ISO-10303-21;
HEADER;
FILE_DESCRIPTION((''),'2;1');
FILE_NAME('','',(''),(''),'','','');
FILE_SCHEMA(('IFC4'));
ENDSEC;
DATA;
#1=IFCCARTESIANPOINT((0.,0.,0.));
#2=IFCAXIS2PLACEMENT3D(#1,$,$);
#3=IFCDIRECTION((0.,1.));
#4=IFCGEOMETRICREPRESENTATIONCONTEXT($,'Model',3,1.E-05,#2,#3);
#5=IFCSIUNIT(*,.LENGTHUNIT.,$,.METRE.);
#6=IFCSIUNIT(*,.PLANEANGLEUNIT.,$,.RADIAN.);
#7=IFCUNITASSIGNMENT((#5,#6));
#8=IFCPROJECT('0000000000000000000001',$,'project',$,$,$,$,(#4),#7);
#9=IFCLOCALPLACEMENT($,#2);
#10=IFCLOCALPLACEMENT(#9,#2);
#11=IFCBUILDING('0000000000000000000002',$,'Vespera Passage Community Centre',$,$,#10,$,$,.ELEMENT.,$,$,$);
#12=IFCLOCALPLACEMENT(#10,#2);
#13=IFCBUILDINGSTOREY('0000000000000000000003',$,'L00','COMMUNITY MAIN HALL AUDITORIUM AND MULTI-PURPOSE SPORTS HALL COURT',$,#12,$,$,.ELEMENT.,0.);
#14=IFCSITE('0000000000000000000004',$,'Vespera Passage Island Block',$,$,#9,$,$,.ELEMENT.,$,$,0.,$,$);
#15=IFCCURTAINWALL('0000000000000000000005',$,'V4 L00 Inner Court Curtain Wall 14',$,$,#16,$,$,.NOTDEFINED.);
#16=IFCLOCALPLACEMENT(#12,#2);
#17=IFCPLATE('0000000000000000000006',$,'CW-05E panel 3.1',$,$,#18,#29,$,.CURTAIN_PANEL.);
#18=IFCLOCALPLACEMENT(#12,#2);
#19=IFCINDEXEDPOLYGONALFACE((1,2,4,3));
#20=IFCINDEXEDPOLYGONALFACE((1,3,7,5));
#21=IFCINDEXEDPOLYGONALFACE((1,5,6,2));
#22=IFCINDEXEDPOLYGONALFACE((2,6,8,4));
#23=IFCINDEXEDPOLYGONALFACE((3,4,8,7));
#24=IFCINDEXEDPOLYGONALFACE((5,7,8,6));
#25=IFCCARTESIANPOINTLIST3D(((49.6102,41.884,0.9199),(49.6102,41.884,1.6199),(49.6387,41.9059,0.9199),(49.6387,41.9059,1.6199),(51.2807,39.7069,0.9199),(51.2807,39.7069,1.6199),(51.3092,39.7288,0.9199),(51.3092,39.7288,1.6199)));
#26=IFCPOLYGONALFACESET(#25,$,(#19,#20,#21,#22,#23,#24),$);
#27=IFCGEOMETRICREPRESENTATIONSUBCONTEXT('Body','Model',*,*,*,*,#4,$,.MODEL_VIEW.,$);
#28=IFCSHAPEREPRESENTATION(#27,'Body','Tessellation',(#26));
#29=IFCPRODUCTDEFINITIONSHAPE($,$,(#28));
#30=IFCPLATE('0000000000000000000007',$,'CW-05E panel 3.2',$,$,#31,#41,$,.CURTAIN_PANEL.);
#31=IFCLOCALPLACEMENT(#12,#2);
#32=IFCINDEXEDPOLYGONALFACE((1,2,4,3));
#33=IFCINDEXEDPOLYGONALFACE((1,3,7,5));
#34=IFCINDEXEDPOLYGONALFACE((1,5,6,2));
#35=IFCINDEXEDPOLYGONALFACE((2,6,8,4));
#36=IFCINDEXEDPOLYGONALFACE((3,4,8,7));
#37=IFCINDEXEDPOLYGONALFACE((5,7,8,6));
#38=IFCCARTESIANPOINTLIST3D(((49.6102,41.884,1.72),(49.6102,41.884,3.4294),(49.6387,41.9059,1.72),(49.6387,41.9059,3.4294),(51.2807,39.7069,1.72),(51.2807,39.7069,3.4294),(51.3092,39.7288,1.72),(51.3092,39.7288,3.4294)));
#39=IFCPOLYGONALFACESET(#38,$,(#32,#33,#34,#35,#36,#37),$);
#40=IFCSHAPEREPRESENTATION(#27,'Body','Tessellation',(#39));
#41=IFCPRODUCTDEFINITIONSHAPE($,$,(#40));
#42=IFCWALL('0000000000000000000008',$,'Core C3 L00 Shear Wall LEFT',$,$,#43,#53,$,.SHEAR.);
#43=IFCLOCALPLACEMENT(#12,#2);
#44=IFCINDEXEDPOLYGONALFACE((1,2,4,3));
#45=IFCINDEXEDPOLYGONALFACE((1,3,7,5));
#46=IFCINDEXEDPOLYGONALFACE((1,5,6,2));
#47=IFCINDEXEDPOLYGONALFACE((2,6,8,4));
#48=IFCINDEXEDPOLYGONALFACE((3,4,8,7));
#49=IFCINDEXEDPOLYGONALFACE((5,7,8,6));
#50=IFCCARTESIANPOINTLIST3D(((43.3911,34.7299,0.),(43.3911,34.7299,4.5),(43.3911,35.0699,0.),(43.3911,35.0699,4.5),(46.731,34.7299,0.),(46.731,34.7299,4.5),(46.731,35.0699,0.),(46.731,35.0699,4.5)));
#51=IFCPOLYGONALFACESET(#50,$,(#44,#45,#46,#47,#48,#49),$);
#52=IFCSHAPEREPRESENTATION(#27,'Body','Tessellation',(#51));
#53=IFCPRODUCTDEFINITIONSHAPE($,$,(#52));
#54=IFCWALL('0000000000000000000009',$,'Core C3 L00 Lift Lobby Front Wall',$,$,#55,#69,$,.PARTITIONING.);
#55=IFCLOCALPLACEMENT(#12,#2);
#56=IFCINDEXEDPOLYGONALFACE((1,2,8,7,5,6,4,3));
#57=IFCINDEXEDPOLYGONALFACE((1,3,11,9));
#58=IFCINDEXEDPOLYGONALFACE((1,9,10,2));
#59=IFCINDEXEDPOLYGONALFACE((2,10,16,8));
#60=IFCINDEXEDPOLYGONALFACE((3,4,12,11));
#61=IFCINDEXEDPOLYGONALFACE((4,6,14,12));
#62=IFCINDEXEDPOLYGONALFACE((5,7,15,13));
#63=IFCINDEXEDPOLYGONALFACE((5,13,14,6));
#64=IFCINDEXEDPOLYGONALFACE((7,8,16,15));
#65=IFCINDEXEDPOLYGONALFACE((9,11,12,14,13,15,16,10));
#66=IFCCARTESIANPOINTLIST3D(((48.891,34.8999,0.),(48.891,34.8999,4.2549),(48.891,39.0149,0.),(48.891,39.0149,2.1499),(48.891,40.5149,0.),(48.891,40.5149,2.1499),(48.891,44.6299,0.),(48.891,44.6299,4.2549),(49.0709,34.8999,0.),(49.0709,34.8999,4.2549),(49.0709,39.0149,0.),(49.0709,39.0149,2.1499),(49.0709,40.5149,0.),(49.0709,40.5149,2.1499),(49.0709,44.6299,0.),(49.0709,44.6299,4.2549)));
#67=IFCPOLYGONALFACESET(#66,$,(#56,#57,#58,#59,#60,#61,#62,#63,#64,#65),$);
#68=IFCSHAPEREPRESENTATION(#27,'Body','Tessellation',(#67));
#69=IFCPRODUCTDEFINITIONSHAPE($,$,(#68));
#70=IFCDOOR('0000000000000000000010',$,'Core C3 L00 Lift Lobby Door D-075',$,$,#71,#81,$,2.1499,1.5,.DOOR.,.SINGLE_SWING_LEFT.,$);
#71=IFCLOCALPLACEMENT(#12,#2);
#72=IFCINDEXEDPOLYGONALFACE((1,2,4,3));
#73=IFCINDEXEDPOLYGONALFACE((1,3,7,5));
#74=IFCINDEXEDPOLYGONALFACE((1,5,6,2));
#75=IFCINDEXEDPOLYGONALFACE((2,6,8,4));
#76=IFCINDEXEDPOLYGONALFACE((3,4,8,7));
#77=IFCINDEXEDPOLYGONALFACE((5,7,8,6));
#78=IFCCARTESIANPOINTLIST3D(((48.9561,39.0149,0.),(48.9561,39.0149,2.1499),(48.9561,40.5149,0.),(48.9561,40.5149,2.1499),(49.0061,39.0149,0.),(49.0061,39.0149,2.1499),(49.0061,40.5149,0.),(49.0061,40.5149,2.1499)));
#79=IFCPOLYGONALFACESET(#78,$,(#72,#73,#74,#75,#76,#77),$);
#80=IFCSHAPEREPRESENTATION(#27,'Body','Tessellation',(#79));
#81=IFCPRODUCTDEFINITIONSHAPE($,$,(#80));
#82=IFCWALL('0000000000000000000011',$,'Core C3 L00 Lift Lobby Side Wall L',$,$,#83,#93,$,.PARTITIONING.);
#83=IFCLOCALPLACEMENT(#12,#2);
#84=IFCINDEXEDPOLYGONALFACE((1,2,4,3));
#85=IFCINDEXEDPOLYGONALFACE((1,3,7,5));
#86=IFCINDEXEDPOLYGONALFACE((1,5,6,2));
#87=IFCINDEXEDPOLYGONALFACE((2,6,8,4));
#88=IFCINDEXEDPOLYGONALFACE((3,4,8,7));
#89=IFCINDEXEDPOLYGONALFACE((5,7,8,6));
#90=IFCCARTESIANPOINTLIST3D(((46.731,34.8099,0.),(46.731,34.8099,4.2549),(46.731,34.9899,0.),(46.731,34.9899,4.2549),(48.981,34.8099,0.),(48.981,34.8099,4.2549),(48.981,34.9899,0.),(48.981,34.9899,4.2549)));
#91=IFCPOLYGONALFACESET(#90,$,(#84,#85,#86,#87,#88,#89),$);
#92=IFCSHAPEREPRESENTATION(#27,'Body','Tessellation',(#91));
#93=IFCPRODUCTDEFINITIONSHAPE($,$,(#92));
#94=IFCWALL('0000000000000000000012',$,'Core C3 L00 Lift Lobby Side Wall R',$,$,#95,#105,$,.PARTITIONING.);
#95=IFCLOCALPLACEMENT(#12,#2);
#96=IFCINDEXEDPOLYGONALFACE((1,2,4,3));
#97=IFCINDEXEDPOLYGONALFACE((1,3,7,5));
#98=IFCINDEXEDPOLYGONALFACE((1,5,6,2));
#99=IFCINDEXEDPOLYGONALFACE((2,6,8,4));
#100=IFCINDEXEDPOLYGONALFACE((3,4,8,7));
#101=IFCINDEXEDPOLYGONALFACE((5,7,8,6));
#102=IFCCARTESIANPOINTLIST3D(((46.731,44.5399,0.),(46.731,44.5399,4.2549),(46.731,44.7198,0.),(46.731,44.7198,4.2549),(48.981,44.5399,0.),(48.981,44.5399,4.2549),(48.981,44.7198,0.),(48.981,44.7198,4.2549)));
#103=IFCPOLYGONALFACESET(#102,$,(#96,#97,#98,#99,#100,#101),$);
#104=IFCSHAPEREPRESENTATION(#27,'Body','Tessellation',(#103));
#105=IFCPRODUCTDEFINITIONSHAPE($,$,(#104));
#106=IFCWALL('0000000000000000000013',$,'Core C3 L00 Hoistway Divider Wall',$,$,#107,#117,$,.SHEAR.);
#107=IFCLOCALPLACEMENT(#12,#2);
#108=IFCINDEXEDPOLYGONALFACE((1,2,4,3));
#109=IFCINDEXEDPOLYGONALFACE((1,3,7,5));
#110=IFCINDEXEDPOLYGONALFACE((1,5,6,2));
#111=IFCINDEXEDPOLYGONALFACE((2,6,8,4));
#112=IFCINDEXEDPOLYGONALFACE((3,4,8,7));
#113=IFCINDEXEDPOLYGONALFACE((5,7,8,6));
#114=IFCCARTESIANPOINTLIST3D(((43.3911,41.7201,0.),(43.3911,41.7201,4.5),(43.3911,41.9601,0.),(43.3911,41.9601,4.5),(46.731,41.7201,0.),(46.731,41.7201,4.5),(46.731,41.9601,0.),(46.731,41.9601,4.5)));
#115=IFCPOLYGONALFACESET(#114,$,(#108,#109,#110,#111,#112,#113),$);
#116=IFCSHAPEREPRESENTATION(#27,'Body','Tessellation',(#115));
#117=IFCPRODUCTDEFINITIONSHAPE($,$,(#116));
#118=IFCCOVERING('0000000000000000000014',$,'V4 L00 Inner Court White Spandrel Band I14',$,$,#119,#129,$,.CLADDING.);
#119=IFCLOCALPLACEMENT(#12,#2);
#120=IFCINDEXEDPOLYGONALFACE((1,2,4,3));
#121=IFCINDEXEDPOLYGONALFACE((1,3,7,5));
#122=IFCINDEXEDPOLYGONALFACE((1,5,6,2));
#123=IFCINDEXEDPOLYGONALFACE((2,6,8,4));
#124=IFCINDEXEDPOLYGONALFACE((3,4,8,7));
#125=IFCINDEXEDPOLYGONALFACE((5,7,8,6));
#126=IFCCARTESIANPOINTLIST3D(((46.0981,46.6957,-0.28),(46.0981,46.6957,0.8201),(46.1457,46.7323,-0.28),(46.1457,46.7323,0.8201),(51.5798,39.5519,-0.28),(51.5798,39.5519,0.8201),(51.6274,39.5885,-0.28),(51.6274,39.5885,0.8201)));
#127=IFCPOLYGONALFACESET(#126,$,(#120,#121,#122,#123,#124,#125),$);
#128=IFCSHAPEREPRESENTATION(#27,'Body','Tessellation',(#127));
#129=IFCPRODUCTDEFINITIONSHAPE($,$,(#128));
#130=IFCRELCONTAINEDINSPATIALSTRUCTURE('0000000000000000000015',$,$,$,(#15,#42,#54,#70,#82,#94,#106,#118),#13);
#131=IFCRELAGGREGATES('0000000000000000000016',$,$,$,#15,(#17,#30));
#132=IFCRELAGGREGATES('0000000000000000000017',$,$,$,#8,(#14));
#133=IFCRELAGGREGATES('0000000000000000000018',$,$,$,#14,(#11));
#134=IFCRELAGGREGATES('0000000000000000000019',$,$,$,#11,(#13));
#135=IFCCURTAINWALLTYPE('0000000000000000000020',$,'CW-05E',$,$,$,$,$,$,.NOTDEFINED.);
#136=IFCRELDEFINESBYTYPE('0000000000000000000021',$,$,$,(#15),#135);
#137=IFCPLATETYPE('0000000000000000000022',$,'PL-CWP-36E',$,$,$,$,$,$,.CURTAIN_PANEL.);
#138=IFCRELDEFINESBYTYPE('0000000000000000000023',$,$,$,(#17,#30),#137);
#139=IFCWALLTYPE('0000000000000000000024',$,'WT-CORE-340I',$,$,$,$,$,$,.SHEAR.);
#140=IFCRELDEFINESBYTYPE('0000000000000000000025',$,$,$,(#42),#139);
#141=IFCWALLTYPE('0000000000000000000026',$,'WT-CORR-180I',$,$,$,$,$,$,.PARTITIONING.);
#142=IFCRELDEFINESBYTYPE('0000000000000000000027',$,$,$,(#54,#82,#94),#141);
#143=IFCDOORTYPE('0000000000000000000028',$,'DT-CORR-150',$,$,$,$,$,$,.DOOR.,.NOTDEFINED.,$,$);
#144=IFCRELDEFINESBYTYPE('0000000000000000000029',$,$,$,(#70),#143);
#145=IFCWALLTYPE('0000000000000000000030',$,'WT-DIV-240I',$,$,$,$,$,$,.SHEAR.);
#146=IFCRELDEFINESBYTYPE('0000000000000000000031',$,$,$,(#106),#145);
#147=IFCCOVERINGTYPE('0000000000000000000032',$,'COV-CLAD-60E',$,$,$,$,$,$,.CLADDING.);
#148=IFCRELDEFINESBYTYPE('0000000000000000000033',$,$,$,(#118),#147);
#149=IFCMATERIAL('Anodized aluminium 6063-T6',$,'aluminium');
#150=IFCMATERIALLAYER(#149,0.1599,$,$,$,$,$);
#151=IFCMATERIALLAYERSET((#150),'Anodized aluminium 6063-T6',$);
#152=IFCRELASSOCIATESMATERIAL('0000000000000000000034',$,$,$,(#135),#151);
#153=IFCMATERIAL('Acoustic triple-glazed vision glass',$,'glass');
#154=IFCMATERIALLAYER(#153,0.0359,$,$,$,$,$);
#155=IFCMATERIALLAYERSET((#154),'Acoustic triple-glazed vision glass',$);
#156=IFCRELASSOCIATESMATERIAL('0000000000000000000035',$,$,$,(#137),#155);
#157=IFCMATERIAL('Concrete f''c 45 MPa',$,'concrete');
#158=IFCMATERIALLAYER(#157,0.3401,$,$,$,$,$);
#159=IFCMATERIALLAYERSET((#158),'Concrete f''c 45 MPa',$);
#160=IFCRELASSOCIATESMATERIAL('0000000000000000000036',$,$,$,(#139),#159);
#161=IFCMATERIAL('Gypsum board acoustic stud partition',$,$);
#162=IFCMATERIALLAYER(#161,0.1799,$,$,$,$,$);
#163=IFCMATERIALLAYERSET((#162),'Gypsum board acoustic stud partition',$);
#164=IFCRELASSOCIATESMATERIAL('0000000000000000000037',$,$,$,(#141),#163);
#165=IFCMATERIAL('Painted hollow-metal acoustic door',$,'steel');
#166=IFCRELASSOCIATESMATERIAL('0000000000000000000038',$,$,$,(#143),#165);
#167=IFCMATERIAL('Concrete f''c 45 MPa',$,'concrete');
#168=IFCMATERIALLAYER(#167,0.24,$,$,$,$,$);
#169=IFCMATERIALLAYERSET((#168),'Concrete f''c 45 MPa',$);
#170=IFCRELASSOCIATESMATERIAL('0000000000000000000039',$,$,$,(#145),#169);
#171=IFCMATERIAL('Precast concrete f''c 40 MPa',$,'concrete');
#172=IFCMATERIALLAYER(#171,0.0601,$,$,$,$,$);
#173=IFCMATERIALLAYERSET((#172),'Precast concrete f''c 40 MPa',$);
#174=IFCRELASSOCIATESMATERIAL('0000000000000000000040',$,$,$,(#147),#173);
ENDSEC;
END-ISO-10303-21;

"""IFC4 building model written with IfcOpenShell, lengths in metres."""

from ifc_helpers import new_model, si_unit, direction, frame, frame_2d, origin, origin_2d, place, context, subcontext, project, spatial, rectangle, extrude, material, layer, layer_set, type_object, element, fill, aggregate, save


model = new_model("IFC4")

# Units and contexts
model_context = context("Model", 3, precision=1e-05, world=origin(), true_north=direction((0.0, 1.0)))
body_context = subcontext(model_context, "Body", "Model", "MODEL_VIEW")
ifc_project = project(units=[si_unit("LENGTHUNIT", "METRE"), si_unit("PLANEANGLEUNIT", "RADIAN")], contexts=[model_context])

# Site, building, storey
site_placement = place(None, origin())
site = spatial("IfcSite", under=ifc_project, at=site_placement, Name="Vespera Passage Island Block", CompositionType="ELEMENT", RefElevation=0.0)
building_placement = place(site_placement, origin())
building = spatial("IfcBuilding", under=site, at=building_placement, Name="Vespera Passage Community Centre", CompositionType="ELEMENT")
storey_placement = place(building_placement, origin())
storey = spatial("IfcBuildingStorey", under=building, at=storey_placement, Name="L00", Description="COMMUNITY MAIN HALL AUDITORIUM AND MULTI-PURPOSE SPORTS HALL COURT", CompositionType="ELEMENT", Elevation=0.0)

# Curtain wall, plates
ifc_material_1 = material(Name="Anodized aluminium 6063-T6", Category="aluminium")
ifc_layer_1 = layer(ifc_material_1, 0.1599)
ifc_layer_set_1 = layer_set([ifc_layer_1], Name="Anodized aluminium 6063-T6")
curtain_wall_type = type_object("IfcCurtainWallType", Name="CW-05E", PredefinedType="NOTDEFINED", material=ifc_layer_set_1)
curtain_wall_placement = place(storey_placement, origin())
curtain_wall = element("IfcCurtainWall", 1, at=curtain_wall_placement, inside=storey, type_object=curtain_wall_type, Name="V4 L00 Inner Court Curtain Wall 14", PredefinedType="NOTDEFINED")
ifc_material_2 = material(Name="Acoustic triple-glazed vision glass", Category="glass")
ifc_layer_2 = layer(ifc_material_2, 0.0359)
ifc_layer_set_2 = layer_set([ifc_layer_2], Name="Acoustic triple-glazed vision glass")
plate_type = type_object("IfcPlateType", Name="PL-CWP-36E", PredefinedType="CURTAIN_PANEL", material=ifc_layer_set_2)
plate_1_placement = place(storey_placement, frame((50.4597, 40.8064, 0.9199), z_axis=(0.0, 0.0, 1.0), x_axis=(0.608755, -0.793358, 0.0)))
plate_1 = element("IfcPlate", 2, at=plate_1_placement, type_object=plate_type, Name="CW-05E panel 3.1", PredefinedType="CURTAIN_PANEL", context=body_context, shape_type="SweptSolid", body=[
    extrude(rectangle(XDim=2.7441, YDim=0.0359, at=origin_2d()), origin(), (0.0, 0.0, 1.0), 0.7),
])
plate_2_placement = place(storey_placement, frame((50.4597, 40.8064, 1.72), z_axis=(0.0, 0.0, 1.0), x_axis=(0.608755, -0.793358, 0.0)))
plate_2 = element("IfcPlate", 3, at=plate_2_placement, type_object=plate_type, Name="CW-05E panel 3.2", PredefinedType="CURTAIN_PANEL", context=body_context, shape_type="SweptSolid", body=[
    extrude(rectangle(XDim=2.7441, YDim=0.0359, at=origin_2d()), origin(), (0.0, 0.0, 1.0), 1.7095),
])
aggregate(curtain_wall, [plate_1, plate_2])

# Shared definitions
ifc_material_3 = material(Name="Concrete f'c 45 MPa", Category="concrete")
ifc_layer_3 = layer(ifc_material_3, 0.3401)
ifc_layer_set_3 = layer_set([ifc_layer_3], Name="Concrete f'c 45 MPa")
wall_type_1 = type_object("IfcWallType", Name="WT-CORE-340I", PredefinedType="SHEAR", material=ifc_layer_set_3)

# Wall
wall_1_placement = place(storey_placement, frame((46.731, 34.8999, 0.0), z_axis=(0.0, 0.0, 1.0), x_axis=(-1.0, 0.0, 0.0)))
element("IfcWall", 4, at=wall_1_placement, inside=storey, type_object=wall_type_1, Name="Core C3 L00 Shear Wall LEFT", PredefinedType="SHEAR", context=body_context, shape_type="SweptSolid", body=[
    extrude(rectangle(XDim=3.3398, YDim=0.3401, at=frame_2d((1.6699, 0.0))), origin(), (0.0, 0.0, 1.0), 4.5),
])

# Wall, opening, door
ifc_material_4 = material(Name="Gypsum board acoustic stud partition")
ifc_layer_4 = layer(ifc_material_4, 0.1799)
ifc_layer_set_4 = layer_set([ifc_layer_4], Name="Gypsum board acoustic stud partition")
wall_type_2 = type_object("IfcWallType", Name="WT-CORR-180I", PredefinedType="PARTITIONING", material=ifc_layer_set_4)
wall_2_placement = place(storey_placement, frame((48.981, 34.8999, 0.0), z_axis=(0.0, 0.0, 1.0), x_axis=(0.0, 1.0, 0.0)))
wall_2 = element("IfcWall", 5, at=wall_2_placement, inside=storey, type_object=wall_type_2, Name="Core C3 L00 Lift Lobby Front Wall", PredefinedType="PARTITIONING", context=body_context, shape_type="SweptSolid", body=[
    extrude(rectangle(XDim=9.73, YDim=0.1799, at=frame_2d((4.865, 0.0))), origin(), (0.0, 0.0, 1.0), 4.2549),
])
opening_1_placement = place(wall_2_placement, frame((4.115, 0.0, 0.0)))
opening_1 = element("IfcOpeningElement", 6, at=opening_1_placement, cuts=wall_2, PredefinedType="OPENING", context=body_context, shape_type="SweptSolid", body=[
    extrude(rectangle(XDim=1.5, YDim=2.1499, at=frame_2d((0.75, 1.075))), frame((0.0, 0.0999, 0.0), z_axis=(0.0, -1.0, 0.0), x_axis=(1.0, 0.0, 0.0)), (0.0, 0.0, 1.0), 0.2),
])
ifc_material_5 = material(Name="Painted hollow-metal acoustic door", Category="steel")
door_type_1 = type_object("IfcDoorType", Name="DT-CORR-150", OperationType="NOTDEFINED", PredefinedType="DOOR", material=ifc_material_5)
door_1_placement = place(opening_1_placement, origin())
door_1 = element("IfcDoor", 7, at=door_1_placement, inside=storey, type_object=door_type_1, Name="Core C3 L00 Lift Lobby Door D-075", OperationType="SINGLE_SWING_LEFT", OverallHeight=2.1499, OverallWidth=1.5, PredefinedType="DOOR", context=body_context, shape_type="SweptSolid", body=[
    extrude(rectangle(XDim=1.5, YDim=2.1499, at=frame_2d((0.75, 1.075))), frame((0.0, 0.0249, 0.0), z_axis=(0.0, -1.0, 0.0), x_axis=(1.0, 0.0, 0.0)), (0.0, 0.0, 1.0), 0.05),
])
fill(opening_1, door_1)

# Walls
for number, where, z_axis, x_axis, name in (
    (8, (46.731, 34.8999, 0.0), (0.0, 0.0, 1.0), (1.0, 0.0, 0.0), "Core C3 L00 Lift Lobby Side Wall L"),
    (9, (46.731, 44.6299, 0.0), (0.0, 0.0, 1.0), (1.0, 0.0, 0.0), "Core C3 L00 Lift Lobby Side Wall R"),
):
    element("IfcWall", number, at=place(storey_placement, frame(where, z_axis=z_axis, x_axis=x_axis)), inside=storey, type_object=wall_type_2, Name=name, PredefinedType="PARTITIONING", context=body_context, shape_type="SweptSolid", body=[
        extrude(rectangle(XDim=2.25, YDim=0.1799, at=frame_2d((1.125, 0.0))), origin(), (0.0, 0.0, 1.0), 4.2549),
    ])
ifc_material_6 = material(Name="Concrete f'c 45 MPa", Category="concrete")
ifc_layer_5 = layer(ifc_material_6, 0.24)
ifc_layer_set_5 = layer_set([ifc_layer_5], Name="Concrete f'c 45 MPa")
wall_type_3 = type_object("IfcWallType", Name="WT-DIV-240I", PredefinedType="SHEAR", material=ifc_layer_set_5)
wall_3_placement = place(storey_placement, frame((46.731, 41.8401, 0.0), z_axis=(0.0, 0.0, 1.0), x_axis=(-1.0, 0.0, 0.0)))
element("IfcWall", 10, at=wall_3_placement, inside=storey, type_object=wall_type_3, Name="Core C3 L00 Hoistway Divider Wall", PredefinedType="SHEAR", context=body_context, shape_type="SweptSolid", body=[
    extrude(rectangle(XDim=3.3398, YDim=0.24, at=frame_2d((1.6699, 0.0))), origin(), (0.0, 0.0, 1.0), 4.5),
])

# Covering
ifc_material_7 = material(Name="Precast concrete f'c 40 MPa", Category="concrete")
ifc_layer_6 = layer(ifc_material_7, 0.0601)
ifc_layer_set_6 = layer_set([ifc_layer_6], Name="Precast concrete f'c 40 MPa")
covering_type = type_object("IfcCoveringType", Name="COV-CLAD-60E", PredefinedType="CLADDING", material=ifc_layer_set_6)
covering_placement = place(storey_placement, frame((46.1218, 46.7141, -0.28), z_axis=(0.0, 0.0, 1.0), x_axis=(0.608766, -0.79335, 0.0)))
element("IfcCovering", 11, at=covering_placement, inside=storey, type_object=covering_type, Name="V4 L00 Inner Court White Spandrel Band I14", PredefinedType="CLADDING", context=body_context, shape_type="SweptSolid", body=[
    extrude(rectangle(XDim=9.0046, YDim=0.0601, at=frame_2d((4.5024, 0.0))), origin(), (0.0, 0.0, 1.0), 1.1001),
])

save(model, "model.ifc")
